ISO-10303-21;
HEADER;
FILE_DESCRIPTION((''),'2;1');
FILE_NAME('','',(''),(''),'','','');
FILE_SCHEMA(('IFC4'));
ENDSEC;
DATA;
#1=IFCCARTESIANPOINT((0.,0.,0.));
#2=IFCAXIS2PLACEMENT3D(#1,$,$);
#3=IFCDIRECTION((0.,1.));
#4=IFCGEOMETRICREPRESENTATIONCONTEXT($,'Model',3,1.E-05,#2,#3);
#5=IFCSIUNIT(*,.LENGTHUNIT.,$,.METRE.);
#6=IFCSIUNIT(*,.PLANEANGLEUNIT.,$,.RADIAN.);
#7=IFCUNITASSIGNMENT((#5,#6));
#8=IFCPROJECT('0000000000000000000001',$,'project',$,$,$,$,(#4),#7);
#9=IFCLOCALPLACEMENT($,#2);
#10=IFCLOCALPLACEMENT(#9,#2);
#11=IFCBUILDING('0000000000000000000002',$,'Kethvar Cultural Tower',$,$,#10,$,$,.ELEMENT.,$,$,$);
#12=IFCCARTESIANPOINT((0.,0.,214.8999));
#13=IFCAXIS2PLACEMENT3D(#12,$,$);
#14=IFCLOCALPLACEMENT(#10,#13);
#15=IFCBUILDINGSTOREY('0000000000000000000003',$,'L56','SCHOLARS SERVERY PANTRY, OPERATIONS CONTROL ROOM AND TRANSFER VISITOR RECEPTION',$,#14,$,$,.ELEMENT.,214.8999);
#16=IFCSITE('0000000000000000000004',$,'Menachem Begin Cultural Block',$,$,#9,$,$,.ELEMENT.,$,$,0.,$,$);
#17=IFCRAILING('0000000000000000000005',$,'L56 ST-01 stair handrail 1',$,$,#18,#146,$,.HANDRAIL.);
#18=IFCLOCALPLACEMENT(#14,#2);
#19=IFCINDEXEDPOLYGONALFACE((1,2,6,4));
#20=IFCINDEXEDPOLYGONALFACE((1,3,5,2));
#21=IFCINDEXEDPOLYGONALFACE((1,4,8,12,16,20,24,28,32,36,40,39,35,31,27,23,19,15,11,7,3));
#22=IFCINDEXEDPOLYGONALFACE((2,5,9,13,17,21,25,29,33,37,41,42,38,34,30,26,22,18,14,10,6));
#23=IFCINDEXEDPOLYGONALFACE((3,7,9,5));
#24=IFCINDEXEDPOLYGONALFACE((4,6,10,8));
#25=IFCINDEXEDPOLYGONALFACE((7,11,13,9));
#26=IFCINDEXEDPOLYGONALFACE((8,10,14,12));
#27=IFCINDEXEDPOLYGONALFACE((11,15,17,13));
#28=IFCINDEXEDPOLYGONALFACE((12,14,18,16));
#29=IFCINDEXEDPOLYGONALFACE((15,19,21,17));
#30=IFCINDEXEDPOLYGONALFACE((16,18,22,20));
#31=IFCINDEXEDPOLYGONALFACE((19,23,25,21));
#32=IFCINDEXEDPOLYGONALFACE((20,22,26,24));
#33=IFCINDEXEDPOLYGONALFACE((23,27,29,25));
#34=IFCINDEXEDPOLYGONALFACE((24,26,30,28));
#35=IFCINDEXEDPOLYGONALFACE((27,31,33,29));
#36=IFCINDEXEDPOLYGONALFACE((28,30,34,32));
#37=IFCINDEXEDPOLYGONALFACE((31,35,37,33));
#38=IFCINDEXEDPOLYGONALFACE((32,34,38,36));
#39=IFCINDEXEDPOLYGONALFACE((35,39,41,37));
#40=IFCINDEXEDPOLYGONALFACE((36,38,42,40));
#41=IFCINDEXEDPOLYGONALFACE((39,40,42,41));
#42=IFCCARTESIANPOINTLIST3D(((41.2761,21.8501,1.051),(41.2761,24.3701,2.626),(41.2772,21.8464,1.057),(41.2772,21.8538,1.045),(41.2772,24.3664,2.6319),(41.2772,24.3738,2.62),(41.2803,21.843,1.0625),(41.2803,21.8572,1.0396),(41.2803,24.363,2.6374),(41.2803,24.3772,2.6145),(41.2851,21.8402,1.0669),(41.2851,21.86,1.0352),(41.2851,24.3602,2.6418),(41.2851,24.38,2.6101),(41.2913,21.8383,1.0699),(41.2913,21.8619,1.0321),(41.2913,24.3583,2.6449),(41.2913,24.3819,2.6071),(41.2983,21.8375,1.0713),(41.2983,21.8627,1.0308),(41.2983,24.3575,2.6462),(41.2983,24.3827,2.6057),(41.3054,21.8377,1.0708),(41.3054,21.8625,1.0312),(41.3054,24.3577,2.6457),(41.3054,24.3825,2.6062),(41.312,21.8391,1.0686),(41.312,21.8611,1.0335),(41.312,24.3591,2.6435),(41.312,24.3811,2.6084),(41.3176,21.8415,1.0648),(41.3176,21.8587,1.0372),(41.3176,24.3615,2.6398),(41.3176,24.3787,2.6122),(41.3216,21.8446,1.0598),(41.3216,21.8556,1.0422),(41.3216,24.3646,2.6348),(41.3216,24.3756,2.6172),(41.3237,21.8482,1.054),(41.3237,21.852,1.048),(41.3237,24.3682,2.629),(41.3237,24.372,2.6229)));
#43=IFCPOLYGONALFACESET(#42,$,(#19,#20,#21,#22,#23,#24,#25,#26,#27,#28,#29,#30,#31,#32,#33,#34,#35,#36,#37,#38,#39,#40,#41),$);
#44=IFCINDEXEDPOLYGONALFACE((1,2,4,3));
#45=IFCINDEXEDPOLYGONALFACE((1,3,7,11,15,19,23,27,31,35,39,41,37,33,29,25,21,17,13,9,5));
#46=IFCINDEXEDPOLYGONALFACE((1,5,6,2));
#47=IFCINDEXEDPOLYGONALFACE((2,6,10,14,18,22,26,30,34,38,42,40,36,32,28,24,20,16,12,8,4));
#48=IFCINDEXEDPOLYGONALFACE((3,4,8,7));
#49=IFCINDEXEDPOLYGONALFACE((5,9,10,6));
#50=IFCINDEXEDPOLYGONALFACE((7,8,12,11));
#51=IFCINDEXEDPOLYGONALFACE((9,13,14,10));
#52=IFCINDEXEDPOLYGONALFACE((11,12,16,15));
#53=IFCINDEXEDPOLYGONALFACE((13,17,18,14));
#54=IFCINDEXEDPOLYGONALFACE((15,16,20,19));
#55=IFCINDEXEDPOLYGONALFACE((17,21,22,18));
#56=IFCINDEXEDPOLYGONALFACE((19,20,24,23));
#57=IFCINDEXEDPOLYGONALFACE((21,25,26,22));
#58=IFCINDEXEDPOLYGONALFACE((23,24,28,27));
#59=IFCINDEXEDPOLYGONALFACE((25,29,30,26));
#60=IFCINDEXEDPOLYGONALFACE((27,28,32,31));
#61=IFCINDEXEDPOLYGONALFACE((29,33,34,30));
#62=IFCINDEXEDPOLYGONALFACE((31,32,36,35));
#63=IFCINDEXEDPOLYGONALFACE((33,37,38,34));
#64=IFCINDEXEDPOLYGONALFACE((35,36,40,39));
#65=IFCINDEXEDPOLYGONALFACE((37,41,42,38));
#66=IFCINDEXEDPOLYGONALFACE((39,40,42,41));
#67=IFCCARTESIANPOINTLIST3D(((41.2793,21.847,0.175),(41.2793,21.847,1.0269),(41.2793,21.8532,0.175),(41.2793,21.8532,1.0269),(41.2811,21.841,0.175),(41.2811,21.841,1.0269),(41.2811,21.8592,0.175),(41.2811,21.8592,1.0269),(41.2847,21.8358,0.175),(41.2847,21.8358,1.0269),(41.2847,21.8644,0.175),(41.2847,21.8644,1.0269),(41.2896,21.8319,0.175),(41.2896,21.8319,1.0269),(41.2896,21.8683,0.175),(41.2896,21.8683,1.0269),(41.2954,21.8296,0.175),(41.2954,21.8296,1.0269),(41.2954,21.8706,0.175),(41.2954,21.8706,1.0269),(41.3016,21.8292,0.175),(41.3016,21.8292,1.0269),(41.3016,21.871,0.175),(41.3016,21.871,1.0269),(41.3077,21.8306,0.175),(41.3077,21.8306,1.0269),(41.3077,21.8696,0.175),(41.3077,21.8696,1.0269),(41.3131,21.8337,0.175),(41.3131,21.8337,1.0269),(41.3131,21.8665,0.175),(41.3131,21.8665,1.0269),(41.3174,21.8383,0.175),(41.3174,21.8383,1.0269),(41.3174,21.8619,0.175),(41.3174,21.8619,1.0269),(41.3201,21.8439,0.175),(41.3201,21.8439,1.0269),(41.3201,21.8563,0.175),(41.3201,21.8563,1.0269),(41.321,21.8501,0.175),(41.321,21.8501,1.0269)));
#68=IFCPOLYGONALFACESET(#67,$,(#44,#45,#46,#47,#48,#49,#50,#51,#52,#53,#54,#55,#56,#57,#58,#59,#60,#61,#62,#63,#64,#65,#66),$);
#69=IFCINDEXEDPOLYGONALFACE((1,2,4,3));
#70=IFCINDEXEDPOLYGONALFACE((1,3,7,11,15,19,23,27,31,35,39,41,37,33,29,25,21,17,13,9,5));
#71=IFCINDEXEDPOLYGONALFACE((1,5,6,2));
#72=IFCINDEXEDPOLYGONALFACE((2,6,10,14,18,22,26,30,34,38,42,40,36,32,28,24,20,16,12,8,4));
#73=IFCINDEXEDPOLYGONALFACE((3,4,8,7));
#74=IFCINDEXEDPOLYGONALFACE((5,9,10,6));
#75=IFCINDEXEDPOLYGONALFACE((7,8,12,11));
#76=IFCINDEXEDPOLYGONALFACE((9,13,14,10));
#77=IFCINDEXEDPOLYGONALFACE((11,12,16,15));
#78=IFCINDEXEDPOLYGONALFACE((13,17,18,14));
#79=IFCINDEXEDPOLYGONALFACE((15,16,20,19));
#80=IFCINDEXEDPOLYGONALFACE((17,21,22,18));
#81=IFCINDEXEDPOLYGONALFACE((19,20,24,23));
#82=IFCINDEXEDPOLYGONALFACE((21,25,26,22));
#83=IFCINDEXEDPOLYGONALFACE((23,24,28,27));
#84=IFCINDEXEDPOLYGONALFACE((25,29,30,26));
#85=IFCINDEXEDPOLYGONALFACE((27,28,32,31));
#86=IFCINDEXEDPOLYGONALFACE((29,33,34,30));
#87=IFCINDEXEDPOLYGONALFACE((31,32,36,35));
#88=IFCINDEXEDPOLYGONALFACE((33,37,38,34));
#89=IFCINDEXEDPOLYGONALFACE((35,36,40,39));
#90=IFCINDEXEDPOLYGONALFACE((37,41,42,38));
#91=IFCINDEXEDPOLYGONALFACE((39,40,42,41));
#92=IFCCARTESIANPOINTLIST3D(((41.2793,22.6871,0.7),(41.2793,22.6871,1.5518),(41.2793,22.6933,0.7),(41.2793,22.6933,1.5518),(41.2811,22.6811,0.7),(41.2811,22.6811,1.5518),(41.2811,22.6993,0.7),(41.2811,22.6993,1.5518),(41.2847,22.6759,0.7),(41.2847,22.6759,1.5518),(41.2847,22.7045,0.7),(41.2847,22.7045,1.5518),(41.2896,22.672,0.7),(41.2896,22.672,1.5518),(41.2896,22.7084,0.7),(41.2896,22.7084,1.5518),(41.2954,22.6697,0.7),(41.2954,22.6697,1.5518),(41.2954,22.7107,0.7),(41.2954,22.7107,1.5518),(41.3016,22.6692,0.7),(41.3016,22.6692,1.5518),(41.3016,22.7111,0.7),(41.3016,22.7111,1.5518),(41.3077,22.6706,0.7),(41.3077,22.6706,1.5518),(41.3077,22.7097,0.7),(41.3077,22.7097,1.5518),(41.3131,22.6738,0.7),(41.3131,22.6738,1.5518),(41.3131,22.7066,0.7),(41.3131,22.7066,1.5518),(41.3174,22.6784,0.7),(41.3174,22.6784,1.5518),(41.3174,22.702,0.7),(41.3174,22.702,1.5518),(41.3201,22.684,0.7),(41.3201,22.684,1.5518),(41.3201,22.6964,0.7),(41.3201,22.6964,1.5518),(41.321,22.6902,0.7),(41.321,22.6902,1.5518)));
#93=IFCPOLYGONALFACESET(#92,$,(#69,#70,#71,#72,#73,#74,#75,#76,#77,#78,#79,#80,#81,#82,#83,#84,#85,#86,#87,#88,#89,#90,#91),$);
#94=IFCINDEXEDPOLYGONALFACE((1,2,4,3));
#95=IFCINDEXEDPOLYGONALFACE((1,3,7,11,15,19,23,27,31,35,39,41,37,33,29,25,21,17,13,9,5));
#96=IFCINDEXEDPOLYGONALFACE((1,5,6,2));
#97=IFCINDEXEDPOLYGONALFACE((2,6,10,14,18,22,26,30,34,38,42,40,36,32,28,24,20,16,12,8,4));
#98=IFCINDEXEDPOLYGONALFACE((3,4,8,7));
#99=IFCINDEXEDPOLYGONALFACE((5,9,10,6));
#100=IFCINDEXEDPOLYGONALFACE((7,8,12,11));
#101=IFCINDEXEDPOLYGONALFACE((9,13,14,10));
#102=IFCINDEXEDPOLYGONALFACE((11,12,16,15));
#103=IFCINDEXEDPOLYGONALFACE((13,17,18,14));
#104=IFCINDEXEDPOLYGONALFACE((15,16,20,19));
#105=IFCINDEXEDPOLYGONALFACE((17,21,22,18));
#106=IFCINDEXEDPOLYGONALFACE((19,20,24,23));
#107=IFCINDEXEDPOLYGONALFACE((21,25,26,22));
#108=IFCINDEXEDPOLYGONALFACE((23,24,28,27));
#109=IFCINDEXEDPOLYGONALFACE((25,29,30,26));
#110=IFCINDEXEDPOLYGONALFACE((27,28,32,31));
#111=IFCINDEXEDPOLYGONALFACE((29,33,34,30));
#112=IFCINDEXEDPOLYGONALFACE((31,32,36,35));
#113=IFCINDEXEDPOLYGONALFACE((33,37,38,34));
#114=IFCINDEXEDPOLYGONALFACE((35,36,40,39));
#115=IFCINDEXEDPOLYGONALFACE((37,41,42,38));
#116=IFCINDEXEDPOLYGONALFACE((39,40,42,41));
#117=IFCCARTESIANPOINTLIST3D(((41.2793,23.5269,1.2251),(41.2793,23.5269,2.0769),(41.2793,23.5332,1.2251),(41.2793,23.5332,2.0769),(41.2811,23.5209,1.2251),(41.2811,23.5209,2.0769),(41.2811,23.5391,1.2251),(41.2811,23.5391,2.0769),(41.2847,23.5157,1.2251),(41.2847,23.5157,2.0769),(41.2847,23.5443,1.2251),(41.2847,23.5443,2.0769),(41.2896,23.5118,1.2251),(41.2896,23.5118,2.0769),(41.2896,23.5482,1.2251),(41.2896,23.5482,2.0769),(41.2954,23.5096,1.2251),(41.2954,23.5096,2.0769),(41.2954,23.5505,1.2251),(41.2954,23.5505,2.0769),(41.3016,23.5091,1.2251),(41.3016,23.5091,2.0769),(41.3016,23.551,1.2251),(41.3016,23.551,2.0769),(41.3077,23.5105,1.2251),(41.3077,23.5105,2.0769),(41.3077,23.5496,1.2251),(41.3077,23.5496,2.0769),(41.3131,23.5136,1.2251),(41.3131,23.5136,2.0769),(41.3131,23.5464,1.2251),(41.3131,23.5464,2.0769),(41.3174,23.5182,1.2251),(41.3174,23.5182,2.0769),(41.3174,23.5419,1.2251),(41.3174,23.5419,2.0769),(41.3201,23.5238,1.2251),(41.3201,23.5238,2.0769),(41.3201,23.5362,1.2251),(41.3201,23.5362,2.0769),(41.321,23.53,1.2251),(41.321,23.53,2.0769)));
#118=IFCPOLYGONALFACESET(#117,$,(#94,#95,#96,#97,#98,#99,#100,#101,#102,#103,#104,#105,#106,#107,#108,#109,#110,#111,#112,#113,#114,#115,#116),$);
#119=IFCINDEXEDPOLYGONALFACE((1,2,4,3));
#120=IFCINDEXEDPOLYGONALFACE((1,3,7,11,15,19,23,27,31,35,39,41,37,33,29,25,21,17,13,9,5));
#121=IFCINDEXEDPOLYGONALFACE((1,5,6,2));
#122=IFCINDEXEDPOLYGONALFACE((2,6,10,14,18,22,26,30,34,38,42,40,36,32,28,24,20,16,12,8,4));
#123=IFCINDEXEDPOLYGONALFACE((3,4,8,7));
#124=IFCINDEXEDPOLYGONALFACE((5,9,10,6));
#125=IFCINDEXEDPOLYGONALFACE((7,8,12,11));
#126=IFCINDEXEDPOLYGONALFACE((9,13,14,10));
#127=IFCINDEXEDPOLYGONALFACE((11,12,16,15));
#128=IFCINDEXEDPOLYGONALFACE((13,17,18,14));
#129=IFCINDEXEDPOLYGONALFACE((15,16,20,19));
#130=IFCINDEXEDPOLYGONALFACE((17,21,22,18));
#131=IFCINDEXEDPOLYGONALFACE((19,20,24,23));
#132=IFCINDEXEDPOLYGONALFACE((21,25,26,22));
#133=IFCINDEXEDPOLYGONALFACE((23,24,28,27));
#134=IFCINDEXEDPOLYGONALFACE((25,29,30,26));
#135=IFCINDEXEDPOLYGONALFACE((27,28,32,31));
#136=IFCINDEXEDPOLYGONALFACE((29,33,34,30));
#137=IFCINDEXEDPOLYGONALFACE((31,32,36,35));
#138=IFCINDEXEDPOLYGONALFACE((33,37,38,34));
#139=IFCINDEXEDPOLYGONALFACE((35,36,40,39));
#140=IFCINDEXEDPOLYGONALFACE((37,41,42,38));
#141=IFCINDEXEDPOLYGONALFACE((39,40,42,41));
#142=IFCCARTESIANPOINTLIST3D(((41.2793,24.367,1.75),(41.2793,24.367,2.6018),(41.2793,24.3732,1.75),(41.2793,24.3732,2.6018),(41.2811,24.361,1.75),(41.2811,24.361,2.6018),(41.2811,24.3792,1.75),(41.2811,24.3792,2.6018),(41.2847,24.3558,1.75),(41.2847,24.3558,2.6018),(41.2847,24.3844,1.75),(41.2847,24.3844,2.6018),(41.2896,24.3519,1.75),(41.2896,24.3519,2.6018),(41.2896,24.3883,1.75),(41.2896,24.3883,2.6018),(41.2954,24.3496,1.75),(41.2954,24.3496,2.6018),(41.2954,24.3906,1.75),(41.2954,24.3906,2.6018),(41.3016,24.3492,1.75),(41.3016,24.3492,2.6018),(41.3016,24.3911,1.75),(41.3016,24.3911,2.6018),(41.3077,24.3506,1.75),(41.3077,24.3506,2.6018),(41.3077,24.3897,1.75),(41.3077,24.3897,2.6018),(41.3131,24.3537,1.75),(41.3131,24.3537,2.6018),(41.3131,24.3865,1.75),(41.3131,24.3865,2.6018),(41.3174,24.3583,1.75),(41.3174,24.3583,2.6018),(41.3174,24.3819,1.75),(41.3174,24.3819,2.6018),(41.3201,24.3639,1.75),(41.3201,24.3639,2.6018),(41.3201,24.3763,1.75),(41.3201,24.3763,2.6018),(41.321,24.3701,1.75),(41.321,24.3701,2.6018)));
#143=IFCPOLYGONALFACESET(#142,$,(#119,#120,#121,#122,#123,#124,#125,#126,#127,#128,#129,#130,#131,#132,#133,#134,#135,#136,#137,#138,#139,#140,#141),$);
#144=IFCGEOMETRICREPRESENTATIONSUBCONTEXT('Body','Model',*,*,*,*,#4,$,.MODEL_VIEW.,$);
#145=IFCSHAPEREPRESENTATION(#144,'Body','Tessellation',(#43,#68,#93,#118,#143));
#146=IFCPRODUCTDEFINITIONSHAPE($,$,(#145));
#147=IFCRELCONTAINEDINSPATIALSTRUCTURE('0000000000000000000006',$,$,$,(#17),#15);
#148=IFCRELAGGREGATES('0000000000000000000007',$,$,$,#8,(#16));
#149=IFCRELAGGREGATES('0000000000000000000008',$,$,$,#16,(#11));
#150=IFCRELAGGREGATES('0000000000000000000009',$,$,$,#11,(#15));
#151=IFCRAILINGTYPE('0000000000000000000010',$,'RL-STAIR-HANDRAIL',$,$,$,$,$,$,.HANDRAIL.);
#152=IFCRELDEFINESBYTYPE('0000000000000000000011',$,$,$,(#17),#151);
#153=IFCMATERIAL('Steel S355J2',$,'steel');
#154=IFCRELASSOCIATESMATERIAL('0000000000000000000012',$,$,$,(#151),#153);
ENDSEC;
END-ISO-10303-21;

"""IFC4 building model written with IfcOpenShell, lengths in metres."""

from ifc_helpers import new_model, si_unit, direction, frame, origin, origin_2d, place, context, subcontext, project, spatial, circle, extrude, material, type_object, element, save


model = new_model("IFC4")

# Units and contexts
model_context = context("Model", 3, precision=1e-05, world=origin(), true_north=direction((0.0, 1.0)))
body_context = subcontext(model_context, "Body", "Model", "MODEL_VIEW")
ifc_project = project(units=[si_unit("LENGTHUNIT", "METRE"), si_unit("PLANEANGLEUNIT", "RADIAN")], contexts=[model_context])

# Site, building, storey
site_placement = place(None, origin())
site = spatial("IfcSite", under=ifc_project, at=site_placement, Name="Menachem Begin Cultural Block", CompositionType="ELEMENT", RefElevation=0.0)
building_placement = place(site_placement, origin())
building = spatial("IfcBuilding", under=site, at=building_placement, Name="Kethvar Cultural Tower", CompositionType="ELEMENT")
storey_placement = place(building_placement, frame((0.0, 0.0, 214.8999)))
storey = spatial("IfcBuildingStorey", under=building, at=storey_placement, Name="L56", Description="SCHOLARS SERVERY PANTRY, OPERATIONS CONTROL ROOM AND TRANSFER VISITOR RECEPTION", CompositionType="ELEMENT", Elevation=214.8999)

# Shared definitions
ifc_material_1 = material(Name="Steel S355J2", Category="steel")

# Railing
railing_type_1 = type_object("IfcRailingType", Name="RL-STAIR-HANDRAIL", PredefinedType="HANDRAIL", material=ifc_material_1)
railing_1_placement = place(storey_placement, frame((41.3, 21.8501, 0.175)))
element("IfcRailing", 1, at=railing_1_placement, inside=storey, type_object=railing_type_1, Name="L56 ST-01 stair handrail 1", PredefinedType="HANDRAIL", context=body_context, shape_type="SweptSolid", body=[
    extrude(circle(Radius=0.0239, at=origin_2d()), frame((0.0, 0.0, 0.876), z_axis=(0.0, 0.848008, 0.529984), x_axis=(-1.0, 0.0, 0.0)), (0.0, 0.0, 1.0), 2.9717),
    extrude(circle(Radius=0.021, at=origin_2d()), origin(), (0.0, 0.0, 1.0), 0.8518),
    extrude(circle(Radius=0.021, at=origin_2d()), frame((0.0, 0.8401, 0.5249)), (0.0, 0.0, 1.0), 0.8518),
    extrude(circle(Radius=0.021, at=origin_2d()), frame((0.0, 1.6799, 1.05)), (0.0, 0.0, 1.0), 0.8518),
    extrude(circle(Radius=0.021, at=origin_2d()), frame((0.0, 2.52, 1.575)), (0.0, 0.0, 1.0), 0.8518),
])

save(model, "model.ifc")
